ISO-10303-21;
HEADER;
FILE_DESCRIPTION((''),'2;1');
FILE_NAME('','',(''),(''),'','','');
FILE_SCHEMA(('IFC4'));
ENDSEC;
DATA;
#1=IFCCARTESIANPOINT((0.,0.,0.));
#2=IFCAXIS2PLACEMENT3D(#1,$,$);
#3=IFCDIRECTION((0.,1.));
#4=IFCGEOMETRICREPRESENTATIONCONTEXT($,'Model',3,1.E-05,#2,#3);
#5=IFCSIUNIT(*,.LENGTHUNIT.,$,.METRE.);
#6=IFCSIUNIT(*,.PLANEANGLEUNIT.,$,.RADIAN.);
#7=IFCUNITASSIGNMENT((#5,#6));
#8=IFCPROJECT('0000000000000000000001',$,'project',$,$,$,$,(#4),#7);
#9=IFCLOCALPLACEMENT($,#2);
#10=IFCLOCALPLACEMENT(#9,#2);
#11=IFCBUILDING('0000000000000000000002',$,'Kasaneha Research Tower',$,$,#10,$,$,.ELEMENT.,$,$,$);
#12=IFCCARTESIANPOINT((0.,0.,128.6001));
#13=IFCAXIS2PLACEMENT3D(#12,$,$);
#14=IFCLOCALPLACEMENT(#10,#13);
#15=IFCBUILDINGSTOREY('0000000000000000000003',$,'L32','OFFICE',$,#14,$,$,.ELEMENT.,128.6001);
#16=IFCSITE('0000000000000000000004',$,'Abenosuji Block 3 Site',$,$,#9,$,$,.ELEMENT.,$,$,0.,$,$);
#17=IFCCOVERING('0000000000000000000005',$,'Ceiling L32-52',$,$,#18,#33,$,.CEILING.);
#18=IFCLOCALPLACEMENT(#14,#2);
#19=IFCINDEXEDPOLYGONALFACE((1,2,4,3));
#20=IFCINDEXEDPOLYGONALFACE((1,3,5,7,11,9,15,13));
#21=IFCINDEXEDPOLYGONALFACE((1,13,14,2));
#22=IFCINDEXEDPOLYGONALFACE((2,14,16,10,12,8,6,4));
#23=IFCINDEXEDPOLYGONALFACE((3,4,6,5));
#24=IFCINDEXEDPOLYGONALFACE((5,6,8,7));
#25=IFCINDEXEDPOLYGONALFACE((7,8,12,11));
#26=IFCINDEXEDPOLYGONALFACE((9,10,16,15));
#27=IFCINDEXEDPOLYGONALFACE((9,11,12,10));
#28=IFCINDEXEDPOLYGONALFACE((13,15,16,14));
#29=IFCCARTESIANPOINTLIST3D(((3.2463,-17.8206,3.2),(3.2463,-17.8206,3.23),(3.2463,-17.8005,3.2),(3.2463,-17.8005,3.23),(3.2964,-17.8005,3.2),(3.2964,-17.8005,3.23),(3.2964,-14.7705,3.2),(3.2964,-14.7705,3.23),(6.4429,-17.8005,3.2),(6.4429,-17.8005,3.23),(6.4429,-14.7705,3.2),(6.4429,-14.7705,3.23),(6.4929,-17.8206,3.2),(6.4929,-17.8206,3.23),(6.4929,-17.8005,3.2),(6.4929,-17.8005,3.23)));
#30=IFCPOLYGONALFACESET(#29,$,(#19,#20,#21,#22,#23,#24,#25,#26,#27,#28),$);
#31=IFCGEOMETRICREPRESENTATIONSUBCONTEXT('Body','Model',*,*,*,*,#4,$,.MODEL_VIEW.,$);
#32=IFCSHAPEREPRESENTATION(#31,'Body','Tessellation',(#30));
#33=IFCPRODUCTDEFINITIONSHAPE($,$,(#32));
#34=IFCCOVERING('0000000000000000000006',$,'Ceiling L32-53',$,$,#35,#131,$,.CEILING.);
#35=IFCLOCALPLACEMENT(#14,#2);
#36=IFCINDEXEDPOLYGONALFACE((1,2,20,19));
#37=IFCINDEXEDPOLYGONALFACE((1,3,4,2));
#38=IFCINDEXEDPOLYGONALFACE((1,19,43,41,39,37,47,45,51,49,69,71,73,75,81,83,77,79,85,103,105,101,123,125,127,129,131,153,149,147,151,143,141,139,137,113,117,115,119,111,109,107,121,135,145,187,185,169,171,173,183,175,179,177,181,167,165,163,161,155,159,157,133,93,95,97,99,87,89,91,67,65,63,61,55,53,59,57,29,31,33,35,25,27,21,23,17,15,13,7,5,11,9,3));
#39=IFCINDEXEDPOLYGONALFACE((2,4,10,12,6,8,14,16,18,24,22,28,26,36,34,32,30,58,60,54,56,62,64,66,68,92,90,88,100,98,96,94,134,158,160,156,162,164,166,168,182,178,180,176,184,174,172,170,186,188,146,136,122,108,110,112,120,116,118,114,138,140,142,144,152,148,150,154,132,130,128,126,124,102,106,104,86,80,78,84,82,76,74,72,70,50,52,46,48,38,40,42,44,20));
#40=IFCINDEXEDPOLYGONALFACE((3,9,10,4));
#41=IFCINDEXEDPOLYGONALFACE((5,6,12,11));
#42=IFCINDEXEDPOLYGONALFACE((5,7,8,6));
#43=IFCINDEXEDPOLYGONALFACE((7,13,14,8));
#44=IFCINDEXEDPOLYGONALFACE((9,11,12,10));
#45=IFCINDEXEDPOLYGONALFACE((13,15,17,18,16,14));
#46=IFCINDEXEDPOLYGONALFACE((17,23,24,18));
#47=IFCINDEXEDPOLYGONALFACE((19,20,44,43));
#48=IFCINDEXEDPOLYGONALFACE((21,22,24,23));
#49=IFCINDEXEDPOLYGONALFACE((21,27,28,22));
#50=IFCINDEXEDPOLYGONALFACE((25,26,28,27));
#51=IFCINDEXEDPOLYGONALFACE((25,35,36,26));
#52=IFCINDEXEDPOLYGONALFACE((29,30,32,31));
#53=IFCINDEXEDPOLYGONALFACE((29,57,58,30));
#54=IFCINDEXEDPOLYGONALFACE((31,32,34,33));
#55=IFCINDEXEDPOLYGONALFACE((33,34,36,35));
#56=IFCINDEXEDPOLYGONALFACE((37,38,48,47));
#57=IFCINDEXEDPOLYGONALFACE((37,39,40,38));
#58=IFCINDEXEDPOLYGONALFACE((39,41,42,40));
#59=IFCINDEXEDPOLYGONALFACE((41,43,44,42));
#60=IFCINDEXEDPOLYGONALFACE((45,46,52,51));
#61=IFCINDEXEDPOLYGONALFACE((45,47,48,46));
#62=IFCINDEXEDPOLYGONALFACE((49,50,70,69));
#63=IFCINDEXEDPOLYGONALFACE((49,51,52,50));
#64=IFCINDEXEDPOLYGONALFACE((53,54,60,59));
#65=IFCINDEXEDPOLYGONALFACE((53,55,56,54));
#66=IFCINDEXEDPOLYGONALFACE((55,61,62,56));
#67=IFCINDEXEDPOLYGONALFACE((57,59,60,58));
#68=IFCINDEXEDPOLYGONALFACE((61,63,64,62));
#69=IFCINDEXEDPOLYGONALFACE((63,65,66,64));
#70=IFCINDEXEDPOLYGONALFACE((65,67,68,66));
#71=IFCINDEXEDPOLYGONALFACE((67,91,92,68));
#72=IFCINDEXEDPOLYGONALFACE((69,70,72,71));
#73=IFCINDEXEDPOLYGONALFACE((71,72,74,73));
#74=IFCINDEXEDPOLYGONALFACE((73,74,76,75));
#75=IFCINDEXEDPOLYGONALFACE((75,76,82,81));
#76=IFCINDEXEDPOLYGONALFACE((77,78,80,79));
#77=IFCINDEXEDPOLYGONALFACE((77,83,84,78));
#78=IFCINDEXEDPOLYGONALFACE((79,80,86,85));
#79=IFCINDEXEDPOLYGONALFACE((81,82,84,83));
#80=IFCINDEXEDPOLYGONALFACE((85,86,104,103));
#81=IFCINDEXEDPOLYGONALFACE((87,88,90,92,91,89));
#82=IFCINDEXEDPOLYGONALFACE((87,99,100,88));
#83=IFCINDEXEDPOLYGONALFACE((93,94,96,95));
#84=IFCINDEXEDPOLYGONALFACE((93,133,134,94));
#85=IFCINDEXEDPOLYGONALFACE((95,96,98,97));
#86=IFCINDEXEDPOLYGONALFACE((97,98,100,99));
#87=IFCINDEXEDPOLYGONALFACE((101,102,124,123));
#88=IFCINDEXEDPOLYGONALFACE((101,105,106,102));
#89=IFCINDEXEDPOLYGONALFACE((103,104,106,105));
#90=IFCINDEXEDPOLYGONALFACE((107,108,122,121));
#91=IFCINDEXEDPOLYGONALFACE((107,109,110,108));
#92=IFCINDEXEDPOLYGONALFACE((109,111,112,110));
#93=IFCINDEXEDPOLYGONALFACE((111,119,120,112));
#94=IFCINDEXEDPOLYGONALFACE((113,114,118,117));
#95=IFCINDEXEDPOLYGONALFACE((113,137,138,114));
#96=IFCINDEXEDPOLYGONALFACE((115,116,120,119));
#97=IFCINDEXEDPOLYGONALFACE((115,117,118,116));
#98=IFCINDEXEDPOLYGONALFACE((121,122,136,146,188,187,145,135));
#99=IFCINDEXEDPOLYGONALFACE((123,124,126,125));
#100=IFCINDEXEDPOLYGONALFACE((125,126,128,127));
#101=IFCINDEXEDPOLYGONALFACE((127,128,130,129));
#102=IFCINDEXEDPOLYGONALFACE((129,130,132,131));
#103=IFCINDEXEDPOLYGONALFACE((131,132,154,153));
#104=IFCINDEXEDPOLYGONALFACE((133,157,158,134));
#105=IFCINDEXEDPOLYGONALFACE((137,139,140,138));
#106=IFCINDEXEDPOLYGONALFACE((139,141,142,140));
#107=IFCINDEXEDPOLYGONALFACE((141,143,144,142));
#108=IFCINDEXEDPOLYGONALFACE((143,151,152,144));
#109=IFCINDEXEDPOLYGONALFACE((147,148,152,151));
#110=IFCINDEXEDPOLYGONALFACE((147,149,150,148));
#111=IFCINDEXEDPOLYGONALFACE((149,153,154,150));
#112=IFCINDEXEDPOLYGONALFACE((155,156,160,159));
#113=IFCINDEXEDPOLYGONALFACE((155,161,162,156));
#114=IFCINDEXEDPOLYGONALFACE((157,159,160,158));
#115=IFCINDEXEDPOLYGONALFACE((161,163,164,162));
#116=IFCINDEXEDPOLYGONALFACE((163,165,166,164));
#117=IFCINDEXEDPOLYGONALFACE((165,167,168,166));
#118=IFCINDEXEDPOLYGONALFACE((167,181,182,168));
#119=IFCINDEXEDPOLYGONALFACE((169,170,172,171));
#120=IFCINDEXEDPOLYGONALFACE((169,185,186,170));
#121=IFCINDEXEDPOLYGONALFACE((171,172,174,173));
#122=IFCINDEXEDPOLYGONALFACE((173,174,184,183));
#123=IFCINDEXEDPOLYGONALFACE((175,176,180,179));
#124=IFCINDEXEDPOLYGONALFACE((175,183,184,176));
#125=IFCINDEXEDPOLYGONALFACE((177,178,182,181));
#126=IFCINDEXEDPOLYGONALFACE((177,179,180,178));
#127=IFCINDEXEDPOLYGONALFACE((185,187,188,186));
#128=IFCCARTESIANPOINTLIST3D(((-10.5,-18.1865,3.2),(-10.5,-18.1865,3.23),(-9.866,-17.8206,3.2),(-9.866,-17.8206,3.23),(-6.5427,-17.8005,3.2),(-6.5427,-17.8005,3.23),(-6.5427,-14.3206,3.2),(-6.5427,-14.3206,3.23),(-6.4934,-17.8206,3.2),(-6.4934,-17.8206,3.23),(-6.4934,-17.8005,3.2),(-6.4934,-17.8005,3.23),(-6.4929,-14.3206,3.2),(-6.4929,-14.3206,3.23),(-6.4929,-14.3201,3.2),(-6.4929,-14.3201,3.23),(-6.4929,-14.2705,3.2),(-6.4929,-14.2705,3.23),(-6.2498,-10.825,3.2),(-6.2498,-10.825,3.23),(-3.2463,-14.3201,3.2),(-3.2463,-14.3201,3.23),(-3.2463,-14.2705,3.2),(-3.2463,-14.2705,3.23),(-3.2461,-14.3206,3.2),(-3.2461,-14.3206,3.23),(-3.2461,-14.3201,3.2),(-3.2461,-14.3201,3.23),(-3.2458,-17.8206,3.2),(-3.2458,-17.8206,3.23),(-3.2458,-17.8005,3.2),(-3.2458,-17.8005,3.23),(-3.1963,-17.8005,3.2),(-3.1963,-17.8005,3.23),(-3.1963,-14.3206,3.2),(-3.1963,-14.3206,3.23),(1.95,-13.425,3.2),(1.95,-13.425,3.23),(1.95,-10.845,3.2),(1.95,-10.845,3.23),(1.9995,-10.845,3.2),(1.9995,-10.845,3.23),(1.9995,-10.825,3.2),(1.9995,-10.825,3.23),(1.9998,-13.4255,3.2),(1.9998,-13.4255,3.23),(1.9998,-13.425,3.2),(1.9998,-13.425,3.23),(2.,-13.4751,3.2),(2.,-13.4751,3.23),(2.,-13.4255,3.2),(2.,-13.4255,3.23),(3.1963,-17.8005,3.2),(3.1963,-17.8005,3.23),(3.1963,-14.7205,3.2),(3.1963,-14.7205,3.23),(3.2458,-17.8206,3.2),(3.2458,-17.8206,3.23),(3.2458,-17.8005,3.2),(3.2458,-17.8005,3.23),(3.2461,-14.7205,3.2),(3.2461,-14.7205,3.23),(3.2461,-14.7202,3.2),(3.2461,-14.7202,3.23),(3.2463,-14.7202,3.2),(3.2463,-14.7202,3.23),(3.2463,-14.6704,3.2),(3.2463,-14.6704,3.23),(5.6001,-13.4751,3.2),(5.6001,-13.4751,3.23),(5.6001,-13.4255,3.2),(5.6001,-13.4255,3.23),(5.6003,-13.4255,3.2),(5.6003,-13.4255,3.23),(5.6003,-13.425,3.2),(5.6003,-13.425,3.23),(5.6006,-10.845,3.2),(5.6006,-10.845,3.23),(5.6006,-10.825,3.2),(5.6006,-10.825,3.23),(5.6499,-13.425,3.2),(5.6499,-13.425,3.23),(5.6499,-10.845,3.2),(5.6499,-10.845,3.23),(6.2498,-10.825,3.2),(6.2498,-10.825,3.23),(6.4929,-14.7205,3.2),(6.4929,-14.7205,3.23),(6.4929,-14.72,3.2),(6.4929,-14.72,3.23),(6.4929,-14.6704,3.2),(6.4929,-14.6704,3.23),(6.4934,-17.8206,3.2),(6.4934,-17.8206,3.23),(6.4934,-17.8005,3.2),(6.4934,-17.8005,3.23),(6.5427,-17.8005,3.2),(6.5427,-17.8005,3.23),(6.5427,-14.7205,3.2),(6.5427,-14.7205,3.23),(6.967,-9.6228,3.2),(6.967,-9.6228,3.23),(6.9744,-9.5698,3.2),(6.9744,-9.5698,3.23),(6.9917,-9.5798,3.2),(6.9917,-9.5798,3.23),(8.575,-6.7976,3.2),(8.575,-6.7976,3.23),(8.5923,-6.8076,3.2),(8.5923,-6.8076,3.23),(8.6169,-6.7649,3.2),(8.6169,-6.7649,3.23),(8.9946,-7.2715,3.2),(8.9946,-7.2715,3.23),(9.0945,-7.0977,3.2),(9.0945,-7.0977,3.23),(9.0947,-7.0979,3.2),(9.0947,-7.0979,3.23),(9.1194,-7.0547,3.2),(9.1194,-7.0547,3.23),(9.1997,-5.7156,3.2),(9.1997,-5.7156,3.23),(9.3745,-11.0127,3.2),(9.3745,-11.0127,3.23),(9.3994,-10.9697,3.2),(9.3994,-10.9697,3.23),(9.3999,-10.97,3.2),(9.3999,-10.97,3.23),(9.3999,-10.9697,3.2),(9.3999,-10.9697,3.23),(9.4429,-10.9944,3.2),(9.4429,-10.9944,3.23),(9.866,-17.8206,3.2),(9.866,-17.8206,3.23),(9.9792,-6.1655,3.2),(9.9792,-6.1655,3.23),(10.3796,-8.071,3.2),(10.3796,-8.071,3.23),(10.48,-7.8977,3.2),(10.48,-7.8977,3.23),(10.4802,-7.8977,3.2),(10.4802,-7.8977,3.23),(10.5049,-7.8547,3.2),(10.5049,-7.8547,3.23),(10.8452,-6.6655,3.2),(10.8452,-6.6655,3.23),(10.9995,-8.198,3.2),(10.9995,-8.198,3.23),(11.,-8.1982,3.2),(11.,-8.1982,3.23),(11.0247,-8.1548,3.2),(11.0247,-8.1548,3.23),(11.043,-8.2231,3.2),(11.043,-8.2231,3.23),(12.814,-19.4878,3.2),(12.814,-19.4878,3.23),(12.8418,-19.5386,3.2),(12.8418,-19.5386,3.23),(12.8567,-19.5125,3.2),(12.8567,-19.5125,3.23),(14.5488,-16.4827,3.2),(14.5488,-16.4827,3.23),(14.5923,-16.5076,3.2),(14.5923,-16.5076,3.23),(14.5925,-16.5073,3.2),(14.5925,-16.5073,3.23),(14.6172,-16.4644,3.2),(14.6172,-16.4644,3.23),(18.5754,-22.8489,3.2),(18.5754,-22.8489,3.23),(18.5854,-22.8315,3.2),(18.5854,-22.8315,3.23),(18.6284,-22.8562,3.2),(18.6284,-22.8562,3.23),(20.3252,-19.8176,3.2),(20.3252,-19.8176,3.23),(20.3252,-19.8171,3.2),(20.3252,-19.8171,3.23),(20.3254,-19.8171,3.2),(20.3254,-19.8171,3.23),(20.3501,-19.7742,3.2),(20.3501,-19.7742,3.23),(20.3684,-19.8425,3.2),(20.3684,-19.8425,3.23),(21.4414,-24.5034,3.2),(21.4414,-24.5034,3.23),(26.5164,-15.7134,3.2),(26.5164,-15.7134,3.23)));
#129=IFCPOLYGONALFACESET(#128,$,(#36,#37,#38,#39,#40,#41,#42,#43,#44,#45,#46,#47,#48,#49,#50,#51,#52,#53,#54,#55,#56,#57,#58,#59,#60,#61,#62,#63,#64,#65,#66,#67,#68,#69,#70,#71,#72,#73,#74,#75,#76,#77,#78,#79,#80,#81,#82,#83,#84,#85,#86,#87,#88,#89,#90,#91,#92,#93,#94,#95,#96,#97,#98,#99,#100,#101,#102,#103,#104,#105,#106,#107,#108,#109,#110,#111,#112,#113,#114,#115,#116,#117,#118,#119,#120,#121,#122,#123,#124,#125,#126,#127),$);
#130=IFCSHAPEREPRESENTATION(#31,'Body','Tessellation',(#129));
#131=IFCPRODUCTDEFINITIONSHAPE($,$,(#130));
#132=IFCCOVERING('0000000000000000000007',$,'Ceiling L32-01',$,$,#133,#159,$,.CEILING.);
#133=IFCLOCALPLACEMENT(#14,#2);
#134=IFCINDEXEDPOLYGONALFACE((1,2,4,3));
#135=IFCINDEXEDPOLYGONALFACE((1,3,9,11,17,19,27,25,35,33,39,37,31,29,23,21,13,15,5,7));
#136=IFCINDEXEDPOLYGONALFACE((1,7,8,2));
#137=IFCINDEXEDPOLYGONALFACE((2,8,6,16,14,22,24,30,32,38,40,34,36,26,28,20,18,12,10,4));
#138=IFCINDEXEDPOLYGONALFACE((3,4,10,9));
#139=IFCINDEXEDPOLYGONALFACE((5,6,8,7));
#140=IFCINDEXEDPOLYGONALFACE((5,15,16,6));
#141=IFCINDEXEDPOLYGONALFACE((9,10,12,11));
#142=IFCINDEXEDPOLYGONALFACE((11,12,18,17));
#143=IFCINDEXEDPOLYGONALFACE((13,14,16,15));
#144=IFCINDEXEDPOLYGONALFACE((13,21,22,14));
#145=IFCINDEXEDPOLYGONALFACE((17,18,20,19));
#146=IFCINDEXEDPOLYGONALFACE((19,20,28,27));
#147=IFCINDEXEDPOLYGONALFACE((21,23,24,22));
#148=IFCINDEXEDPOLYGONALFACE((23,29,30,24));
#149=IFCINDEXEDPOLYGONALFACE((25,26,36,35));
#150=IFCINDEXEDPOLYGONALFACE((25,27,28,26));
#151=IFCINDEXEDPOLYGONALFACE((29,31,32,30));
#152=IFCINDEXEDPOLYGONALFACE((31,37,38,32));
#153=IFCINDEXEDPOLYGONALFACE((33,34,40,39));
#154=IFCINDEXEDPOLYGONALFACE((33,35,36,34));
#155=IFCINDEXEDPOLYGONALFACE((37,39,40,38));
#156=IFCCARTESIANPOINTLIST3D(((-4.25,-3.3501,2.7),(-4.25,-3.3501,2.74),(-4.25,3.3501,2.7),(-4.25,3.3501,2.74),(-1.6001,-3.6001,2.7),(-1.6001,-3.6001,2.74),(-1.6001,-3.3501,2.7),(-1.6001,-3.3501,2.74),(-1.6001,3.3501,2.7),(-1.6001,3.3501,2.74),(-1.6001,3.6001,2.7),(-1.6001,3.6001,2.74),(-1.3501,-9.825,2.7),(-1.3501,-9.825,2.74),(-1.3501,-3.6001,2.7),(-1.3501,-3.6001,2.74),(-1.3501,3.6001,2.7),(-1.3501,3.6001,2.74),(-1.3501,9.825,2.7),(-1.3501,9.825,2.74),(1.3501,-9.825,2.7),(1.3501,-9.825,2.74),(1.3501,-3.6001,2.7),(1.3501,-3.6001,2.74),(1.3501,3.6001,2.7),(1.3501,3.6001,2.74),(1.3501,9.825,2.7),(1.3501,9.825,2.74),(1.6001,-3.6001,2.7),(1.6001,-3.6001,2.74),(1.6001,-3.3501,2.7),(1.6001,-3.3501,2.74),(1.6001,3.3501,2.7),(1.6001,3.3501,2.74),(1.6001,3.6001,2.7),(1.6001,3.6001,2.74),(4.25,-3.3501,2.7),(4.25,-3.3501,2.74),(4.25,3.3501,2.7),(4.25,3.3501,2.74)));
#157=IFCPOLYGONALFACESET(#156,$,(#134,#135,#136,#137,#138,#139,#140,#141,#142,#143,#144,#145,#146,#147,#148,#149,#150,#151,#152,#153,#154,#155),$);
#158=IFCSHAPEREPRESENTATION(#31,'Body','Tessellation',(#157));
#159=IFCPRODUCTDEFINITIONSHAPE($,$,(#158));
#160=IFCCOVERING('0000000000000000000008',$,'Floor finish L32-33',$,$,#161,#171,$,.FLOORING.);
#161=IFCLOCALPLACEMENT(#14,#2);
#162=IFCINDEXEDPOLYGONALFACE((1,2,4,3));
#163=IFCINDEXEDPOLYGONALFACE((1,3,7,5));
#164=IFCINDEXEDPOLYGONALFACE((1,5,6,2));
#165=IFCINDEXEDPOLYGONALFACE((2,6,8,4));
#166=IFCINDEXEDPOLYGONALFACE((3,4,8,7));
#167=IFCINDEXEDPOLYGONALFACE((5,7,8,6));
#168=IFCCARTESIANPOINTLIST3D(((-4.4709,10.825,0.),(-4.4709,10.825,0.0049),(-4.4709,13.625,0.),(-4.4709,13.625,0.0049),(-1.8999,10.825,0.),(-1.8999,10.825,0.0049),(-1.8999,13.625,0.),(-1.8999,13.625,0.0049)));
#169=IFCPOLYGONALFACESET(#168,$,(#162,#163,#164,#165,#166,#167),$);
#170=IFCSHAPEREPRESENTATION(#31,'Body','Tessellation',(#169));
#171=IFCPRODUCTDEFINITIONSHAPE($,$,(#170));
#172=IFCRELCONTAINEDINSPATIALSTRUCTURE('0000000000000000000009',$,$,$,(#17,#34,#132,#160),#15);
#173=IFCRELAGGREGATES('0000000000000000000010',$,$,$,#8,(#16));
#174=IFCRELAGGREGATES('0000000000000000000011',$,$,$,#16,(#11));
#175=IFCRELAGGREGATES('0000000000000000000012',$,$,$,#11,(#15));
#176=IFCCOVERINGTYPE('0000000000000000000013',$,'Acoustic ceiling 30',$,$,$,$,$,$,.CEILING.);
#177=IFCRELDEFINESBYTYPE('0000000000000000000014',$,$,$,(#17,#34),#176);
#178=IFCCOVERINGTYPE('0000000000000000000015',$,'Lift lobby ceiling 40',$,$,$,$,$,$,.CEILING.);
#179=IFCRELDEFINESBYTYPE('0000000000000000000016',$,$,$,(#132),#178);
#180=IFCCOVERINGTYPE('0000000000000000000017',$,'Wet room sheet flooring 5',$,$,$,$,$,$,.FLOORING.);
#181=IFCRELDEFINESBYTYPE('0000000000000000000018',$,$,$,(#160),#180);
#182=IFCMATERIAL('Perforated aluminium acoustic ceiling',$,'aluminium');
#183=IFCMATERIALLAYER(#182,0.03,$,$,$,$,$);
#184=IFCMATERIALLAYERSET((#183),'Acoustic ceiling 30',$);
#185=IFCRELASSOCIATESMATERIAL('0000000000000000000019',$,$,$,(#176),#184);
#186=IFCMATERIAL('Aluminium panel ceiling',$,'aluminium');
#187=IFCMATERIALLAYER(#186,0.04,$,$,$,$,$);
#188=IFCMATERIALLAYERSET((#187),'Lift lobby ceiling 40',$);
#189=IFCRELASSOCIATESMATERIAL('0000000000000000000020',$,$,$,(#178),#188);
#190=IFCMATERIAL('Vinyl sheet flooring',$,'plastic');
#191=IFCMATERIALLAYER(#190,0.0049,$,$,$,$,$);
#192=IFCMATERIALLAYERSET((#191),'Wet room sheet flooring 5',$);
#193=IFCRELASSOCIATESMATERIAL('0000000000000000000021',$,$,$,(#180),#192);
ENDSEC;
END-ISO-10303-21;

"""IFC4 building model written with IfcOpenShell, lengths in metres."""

from ifc_helpers import new_model, si_unit, direction, frame, origin, place, context, subcontext, project, spatial, polyline, outline, extrude, material, layer, layer_set, type_object, element, save


model = new_model("IFC4")

# Units and contexts
model_context = context("Model", 3, precision=1e-05, world=origin(), true_north=direction((0.0, 1.0)))
body_context = subcontext(model_context, "Body", "Model", "MODEL_VIEW")
ifc_project = project(units=[si_unit("LENGTHUNIT", "METRE"), si_unit("PLANEANGLEUNIT", "RADIAN")], contexts=[model_context])

# Site, building, storey
site_placement = place(None, origin())
site = spatial("IfcSite", under=ifc_project, at=site_placement, Name="Abenosuji Block 3 Site", CompositionType="ELEMENT", RefElevation=0.0)
building_placement = place(site_placement, origin())
building = spatial("IfcBuilding", under=site, at=building_placement, Name="Kasaneha Research Tower", CompositionType="ELEMENT")
storey_placement = place(building_placement, frame((0.0, 0.0, 128.6001)))
storey = spatial("IfcBuildingStorey", under=building, at=storey_placement, Name="L32", Description="OFFICE", CompositionType="ELEMENT", Elevation=128.6001)

# Coverings
ifc_material_1 = material(Name="Perforated aluminium acoustic ceiling", Category="aluminium")
ifc_layer_1 = layer(ifc_material_1, 0.03)
ifc_layer_set_1 = layer_set([ifc_layer_1], Name="Acoustic ceiling 30")
covering_type_1 = type_object("IfcCoveringType", Name="Acoustic ceiling 30", PredefinedType="CEILING", material=ifc_layer_set_1)
covering_1_placement = place(storey_placement, frame((0.0, 0.0, 3.2)))
element("IfcCovering", 1, at=covering_1_placement, inside=storey, type_object=covering_type_1, Name="Ceiling L32-52", PredefinedType="CEILING", context=body_context, shape_type="SweptSolid", body=[
    extrude(outline(polyline([(3.2463, -17.8206), (3.2463, -17.8005), (3.2964, -17.8005), (3.2964, -14.7705), (6.4429, -14.7705), (6.4429, -17.8005), (6.4929, -17.8005), (6.4929, -17.8206), (3.2463, -17.8206)])), origin(), (0.0, 0.0, 1.0), 0.03),
])
covering_2_placement = place(storey_placement, frame((0.0, 0.0, 3.2)))
element("IfcCovering", 2, at=covering_2_placement, inside=storey, type_object=covering_type_1, Name="Ceiling L32-53", PredefinedType="CEILING", context=body_context, shape_type="SweptSolid", body=[
    extrude(outline(polyline([(6.4929, -14.72), (6.4929, -14.6704), (3.2463, -14.6704), (3.2463, -14.7202), (3.2461, -14.7202), (3.2461, -14.7205), (3.1963, -14.7205), (3.1963, -17.8005), (3.2458, -17.8005), (3.2458, -17.8206), (-3.2458, -17.8206), (-3.2458, -17.8005), (-3.1963, -17.8005), (-3.1963, -14.3206), (-3.2461, -14.3206), (-3.2461, -14.3201), (-3.2463, -14.3201), (-3.2463, -14.2705), (-6.4929, -14.2705), (-6.4929, -14.3201), (-6.4929, -14.3201), (-6.4929, -14.3206), (-6.5427, -14.3206), (-6.5427, -17.8005), (-6.4934, -17.8005), (-6.4934, -17.8206), (-9.866, -17.8206), (-10.5, -18.1865), (-6.2498, -10.825), (1.9995, -10.825), (1.9995, -10.845), (1.95, -10.845), (1.95, -13.425), (1.9998, -13.425), (1.9998, -13.4255), (2.0, -13.4255), (2.0, -13.4751), (5.6001, -13.4751), (5.6001, -13.4255), (5.6003, -13.4255), (5.6003, -13.425), (5.6499, -13.425), (5.6499, -10.845), (5.6006, -10.845), (5.6006, -10.825), (6.2498, -10.825), (6.9744, -9.5698), (6.9917, -9.5798), (6.967, -9.6228), (9.3745, -11.0127), (9.3994, -10.9697), (9.3999, -10.97), (9.3999, -10.9697), (9.4429, -10.9944), (11.043, -8.2231), (11.0, -8.1982), (11.0, -8.1982), (10.9995, -8.198), (11.0247, -8.1548), (10.5049, -7.8547), (10.4802, -7.8977), (10.48, -7.8977), (10.3796, -8.071), (8.9946, -7.2715), (9.0947, -7.0979), (9.0945, -7.0977), (9.1194, -7.0547), (8.6169, -6.7649), (8.5923, -6.8076), (8.575, -6.7976), (9.1997, -5.7156), (9.9792, -6.1655), (9.9792, -6.1655), (10.8452, -6.6655), (10.8452, -6.6655), (26.5164, -15.7134), (21.4414, -24.5034), (18.5754, -22.8489), (18.5854, -22.8315), (18.6284, -22.8562), (20.3684, -19.8425), (20.3252, -19.8176), (20.3254, -19.8171), (20.3252, -19.8171), (20.3501, -19.7742), (14.6172, -16.4644), (14.5925, -16.5073), (14.5925, -16.5073), (14.5923, -16.5076), (14.5488, -16.4827), (12.814, -19.4878), (12.8567, -19.5125), (12.8418, -19.5386), (9.866, -17.8206), (6.4934, -17.8206), (6.4934, -17.8005), (6.5427, -17.8005), (6.5427, -14.7205), (6.4929, -14.7205), (6.4929, -14.72), (6.4929, -14.72)])), origin(), (0.0, 0.0, 1.0), 0.03),
])
ifc_material_2 = material(Name="Aluminium panel ceiling", Category="aluminium")
ifc_layer_2 = layer(ifc_material_2, 0.04)
ifc_layer_set_2 = layer_set([ifc_layer_2], Name="Lift lobby ceiling 40")
covering_type_2 = type_object("IfcCoveringType", Name="Lift lobby ceiling 40", PredefinedType="CEILING", material=ifc_layer_set_2)
covering_3_placement = place(storey_placement, frame((0.0, 0.0, 2.7)))
element("IfcCovering", 3, at=covering_3_placement, inside=storey, type_object=covering_type_2, Name="Ceiling L32-01", PredefinedType="CEILING", context=body_context, shape_type="SweptSolid", body=[
    extrude(outline(polyline([(1.3501, 9.825), (1.3501, 3.6001), (1.6001, 3.6001), (1.6001, 3.3501), (4.25, 3.3501), (4.25, -3.3501), (1.6001, -3.3501), (1.6001, -3.6001), (1.3501, -3.6001), (1.3501, -9.825), (-1.3501, -9.825), (-1.3501, -3.6001), (-1.6001, -3.6001), (-1.6001, -3.3501), (-4.25, -3.3501), (-4.25, 3.3501), (-1.6001, 3.3501), (-1.6001, 3.6001), (-1.3501, 3.6001), (-1.3501, 9.825), (1.3501, 9.825)])), origin(), (0.0, 0.0, 1.0), 0.04),
])
ifc_material_3 = material(Name="Vinyl sheet flooring", Category="plastic")
ifc_layer_3 = layer(ifc_material_3, 0.0049)
ifc_layer_set_3 = layer_set([ifc_layer_3], Name="Wet room sheet flooring 5")
covering_type_3 = type_object("IfcCoveringType", Name="Wet room sheet flooring 5", PredefinedType="FLOORING", material=ifc_layer_set_3)
covering_4_placement = place(storey_placement, origin())
element("IfcCovering", 4, at=covering_4_placement, inside=storey, type_object=covering_type_3, Name="Floor finish L32-33", PredefinedType="FLOORING", context=body_context, shape_type="SweptSolid", body=[
    extrude(outline(polyline([(-1.8999, 13.625), (-1.8999, 10.825), (-4.4709, 10.825), (-4.4709, 13.625), (-1.8999, 13.625)])), origin(), (0.0, 0.0, 1.0), 0.0049),
])

save(model, "model.ifc")
